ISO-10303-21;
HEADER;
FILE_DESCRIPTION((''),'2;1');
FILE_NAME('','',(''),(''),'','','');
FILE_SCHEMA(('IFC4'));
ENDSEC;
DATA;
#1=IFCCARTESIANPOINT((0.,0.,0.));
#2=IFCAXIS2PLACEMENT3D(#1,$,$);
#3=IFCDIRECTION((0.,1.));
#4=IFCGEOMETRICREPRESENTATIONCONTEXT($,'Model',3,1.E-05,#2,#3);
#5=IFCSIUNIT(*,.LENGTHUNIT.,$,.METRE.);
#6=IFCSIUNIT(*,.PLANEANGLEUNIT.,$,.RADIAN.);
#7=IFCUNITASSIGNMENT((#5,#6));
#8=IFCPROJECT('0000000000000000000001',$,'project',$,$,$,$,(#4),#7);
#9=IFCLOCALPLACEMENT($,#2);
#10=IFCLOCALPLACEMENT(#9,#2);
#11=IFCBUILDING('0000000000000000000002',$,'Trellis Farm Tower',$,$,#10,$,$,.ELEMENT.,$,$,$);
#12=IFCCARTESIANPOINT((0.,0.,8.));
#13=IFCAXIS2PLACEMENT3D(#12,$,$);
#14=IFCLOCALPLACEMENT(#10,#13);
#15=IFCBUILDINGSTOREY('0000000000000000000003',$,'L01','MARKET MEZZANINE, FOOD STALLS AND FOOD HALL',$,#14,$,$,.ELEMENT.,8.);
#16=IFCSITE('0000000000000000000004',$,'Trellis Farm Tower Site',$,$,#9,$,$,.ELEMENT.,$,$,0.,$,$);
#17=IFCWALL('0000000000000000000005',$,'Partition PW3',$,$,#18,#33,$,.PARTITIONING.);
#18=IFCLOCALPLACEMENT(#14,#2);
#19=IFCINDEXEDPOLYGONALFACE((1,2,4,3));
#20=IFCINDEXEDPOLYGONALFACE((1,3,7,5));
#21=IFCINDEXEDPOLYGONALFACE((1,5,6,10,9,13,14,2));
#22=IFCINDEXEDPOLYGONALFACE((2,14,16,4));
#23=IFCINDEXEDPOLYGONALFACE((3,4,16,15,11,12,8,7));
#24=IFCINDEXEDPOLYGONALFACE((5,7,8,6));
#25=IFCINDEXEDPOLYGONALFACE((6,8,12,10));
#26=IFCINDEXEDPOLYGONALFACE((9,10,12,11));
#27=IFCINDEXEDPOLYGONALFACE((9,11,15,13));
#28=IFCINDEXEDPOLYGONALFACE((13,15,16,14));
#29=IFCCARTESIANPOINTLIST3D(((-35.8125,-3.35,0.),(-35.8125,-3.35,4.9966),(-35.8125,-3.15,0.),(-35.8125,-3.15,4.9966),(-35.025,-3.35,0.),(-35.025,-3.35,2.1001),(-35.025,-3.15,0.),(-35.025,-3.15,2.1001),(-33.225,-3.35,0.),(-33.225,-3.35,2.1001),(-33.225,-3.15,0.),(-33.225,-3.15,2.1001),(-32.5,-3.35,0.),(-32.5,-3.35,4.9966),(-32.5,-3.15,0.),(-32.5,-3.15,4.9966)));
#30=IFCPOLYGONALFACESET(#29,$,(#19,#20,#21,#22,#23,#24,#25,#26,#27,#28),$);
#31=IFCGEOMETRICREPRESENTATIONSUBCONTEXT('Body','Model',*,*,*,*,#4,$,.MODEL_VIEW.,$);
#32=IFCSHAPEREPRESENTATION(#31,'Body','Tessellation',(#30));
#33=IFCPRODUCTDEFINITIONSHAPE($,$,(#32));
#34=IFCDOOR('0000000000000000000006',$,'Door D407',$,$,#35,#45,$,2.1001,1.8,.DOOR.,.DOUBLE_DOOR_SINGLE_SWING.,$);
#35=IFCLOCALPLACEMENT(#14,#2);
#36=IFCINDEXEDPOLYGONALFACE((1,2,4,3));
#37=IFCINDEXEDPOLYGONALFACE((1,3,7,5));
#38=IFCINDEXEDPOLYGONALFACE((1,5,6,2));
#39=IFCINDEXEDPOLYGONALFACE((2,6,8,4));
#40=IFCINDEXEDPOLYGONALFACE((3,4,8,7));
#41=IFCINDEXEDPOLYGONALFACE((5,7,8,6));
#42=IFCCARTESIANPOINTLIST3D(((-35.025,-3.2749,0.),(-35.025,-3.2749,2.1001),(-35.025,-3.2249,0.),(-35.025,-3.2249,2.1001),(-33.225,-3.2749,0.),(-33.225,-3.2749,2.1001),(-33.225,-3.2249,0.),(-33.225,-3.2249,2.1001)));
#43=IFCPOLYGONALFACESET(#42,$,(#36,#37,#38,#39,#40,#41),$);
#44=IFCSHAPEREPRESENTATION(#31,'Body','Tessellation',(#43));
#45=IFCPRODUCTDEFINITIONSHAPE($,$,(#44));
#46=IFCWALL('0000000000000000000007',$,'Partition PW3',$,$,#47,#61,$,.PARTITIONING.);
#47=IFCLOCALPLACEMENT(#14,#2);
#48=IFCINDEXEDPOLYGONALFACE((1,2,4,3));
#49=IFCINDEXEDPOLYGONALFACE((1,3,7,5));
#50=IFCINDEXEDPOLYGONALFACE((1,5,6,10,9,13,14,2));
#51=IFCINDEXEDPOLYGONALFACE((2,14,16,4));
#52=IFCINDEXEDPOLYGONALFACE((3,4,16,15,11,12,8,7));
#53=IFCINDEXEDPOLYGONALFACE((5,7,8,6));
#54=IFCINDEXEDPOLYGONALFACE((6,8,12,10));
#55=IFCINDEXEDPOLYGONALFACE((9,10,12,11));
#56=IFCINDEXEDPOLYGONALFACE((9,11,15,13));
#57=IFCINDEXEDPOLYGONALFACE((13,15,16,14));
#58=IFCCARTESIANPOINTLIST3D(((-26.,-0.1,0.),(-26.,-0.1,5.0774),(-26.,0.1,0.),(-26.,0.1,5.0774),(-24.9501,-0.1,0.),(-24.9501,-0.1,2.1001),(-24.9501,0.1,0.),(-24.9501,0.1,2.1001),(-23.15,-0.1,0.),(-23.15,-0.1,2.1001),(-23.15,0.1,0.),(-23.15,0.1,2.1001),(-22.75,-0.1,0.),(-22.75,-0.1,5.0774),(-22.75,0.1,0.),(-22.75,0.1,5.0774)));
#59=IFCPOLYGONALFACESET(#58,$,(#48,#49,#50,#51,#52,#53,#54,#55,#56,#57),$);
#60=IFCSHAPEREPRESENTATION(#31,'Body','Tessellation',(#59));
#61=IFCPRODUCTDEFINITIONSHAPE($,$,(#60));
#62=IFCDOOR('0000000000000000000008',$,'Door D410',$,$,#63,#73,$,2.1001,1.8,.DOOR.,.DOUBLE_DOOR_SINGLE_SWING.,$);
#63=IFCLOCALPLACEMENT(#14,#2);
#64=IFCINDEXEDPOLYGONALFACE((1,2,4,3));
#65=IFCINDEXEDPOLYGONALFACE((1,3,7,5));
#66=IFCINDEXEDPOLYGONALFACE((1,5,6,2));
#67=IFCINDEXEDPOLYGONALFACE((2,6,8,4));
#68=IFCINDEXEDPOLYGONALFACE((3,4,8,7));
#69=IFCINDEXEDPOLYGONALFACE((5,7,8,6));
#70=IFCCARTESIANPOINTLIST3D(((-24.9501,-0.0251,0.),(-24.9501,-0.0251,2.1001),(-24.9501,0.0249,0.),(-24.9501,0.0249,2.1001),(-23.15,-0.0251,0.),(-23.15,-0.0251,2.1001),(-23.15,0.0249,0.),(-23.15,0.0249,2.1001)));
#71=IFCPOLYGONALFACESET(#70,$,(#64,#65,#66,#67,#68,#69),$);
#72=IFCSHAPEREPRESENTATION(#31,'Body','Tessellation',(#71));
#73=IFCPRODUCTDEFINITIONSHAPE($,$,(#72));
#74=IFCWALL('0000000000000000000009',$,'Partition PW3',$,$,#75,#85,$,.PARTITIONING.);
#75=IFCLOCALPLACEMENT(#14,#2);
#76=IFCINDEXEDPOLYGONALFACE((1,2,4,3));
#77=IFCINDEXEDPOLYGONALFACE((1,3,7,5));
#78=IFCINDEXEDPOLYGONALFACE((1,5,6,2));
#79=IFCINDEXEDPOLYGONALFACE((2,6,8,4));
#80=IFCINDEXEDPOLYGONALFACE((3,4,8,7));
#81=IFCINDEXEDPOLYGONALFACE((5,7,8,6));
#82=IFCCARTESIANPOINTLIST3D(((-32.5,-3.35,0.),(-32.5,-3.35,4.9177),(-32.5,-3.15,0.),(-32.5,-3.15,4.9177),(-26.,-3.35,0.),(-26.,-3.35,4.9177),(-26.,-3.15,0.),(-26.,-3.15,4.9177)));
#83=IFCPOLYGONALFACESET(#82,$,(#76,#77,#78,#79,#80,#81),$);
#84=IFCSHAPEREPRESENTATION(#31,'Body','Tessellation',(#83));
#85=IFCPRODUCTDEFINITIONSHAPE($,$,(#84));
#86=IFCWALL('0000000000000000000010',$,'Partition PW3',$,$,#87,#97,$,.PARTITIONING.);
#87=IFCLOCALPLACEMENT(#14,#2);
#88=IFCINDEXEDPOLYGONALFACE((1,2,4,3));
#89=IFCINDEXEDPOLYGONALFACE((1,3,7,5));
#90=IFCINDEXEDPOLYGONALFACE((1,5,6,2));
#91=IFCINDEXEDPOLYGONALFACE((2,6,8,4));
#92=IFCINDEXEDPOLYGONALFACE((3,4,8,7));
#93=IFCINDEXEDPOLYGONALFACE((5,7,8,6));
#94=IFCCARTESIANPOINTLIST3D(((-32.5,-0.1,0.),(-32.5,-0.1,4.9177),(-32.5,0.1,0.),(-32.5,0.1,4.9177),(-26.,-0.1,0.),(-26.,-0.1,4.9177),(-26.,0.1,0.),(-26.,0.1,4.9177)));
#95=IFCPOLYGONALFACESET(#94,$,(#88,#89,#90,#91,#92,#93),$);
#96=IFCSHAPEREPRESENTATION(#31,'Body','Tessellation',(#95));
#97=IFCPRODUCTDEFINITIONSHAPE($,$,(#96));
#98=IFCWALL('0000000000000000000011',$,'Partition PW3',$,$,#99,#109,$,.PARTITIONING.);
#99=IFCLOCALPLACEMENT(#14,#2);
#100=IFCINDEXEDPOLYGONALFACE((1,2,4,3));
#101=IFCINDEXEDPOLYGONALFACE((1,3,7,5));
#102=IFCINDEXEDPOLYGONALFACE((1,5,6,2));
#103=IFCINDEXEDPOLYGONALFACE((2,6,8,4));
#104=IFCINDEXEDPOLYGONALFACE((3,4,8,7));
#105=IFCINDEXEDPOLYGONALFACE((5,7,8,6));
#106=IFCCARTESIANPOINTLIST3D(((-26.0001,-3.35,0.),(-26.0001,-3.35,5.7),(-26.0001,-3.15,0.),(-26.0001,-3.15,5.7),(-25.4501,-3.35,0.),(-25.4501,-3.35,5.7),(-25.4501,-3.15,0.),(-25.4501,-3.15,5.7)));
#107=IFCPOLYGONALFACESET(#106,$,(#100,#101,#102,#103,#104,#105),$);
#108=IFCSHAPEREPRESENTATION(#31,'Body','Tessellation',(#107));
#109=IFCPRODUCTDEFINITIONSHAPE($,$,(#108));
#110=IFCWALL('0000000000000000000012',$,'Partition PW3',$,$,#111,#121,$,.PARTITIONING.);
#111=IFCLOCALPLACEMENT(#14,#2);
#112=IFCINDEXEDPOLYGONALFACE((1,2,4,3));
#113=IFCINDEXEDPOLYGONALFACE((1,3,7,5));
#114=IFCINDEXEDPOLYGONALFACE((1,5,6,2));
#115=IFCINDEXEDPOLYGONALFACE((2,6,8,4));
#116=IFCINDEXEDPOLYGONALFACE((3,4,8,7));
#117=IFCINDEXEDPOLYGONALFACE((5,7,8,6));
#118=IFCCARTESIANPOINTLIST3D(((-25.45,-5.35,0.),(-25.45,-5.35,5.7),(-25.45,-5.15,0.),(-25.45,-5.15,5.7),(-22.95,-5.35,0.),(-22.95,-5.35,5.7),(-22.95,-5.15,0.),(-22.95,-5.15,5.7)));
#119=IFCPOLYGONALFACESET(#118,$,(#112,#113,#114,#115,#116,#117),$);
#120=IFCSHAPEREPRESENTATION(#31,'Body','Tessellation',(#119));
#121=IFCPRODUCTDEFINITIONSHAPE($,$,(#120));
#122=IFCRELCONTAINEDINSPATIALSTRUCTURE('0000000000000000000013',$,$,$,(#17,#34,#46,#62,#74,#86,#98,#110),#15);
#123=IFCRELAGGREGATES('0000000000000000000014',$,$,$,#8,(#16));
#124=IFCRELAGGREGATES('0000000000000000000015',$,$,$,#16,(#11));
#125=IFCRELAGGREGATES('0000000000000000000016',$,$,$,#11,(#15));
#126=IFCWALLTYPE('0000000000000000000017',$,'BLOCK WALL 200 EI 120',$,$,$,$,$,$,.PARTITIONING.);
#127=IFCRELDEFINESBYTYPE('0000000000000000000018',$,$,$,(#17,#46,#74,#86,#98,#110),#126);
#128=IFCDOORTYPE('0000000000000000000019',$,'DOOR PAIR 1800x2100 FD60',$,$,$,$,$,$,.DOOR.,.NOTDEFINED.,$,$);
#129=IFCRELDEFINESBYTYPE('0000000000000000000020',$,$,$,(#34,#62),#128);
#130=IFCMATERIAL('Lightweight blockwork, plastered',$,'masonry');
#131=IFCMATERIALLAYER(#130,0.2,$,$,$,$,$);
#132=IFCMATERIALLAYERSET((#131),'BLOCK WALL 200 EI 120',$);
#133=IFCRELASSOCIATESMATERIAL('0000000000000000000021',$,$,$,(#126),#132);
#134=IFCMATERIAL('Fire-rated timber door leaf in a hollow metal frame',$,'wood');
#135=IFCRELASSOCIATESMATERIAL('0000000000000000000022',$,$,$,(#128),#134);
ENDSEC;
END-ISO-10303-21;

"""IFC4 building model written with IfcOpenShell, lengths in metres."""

from ifc_helpers import new_model, si_unit, direction, frame, frame_2d, origin, place, context, subcontext, project, spatial, rectangle, extrude, source, transform, mapped, material, layer, layer_set, type_object, element, fill, save


model = new_model("IFC4")

# Units and contexts
model_context = context("Model", 3, precision=1e-05, world=origin(), true_north=direction((0.0, 1.0)))
body_context = subcontext(model_context, "Body", "Model", "MODEL_VIEW")
ifc_project = project(units=[si_unit("LENGTHUNIT", "METRE"), si_unit("PLANEANGLEUNIT", "RADIAN")], contexts=[model_context])

# Site, building, storey
site_placement = place(None, origin())
site = spatial("IfcSite", under=ifc_project, at=site_placement, Name="Trellis Farm Tower Site", CompositionType="ELEMENT", RefElevation=0.0)
building_placement = place(site_placement, origin())
building = spatial("IfcBuilding", under=site, at=building_placement, Name="Trellis Farm Tower", CompositionType="ELEMENT")
storey_placement = place(building_placement, frame((0.0, 0.0, 8.0)))
storey = spatial("IfcBuildingStorey", under=building, at=storey_placement, Name="L01", Description="MARKET MEZZANINE, FOOD STALLS AND FOOD HALL", CompositionType="ELEMENT", Elevation=8.0)

# Walls, openings, doors
ifc_material_1 = material(Name="Lightweight blockwork, plastered", Category="masonry")
ifc_layer_1 = layer(ifc_material_1, 0.2)
ifc_layer_set_1 = layer_set([ifc_layer_1], Name="BLOCK WALL 200 EI 120")
wall_type_1 = type_object("IfcWallType", Name="BLOCK WALL 200 EI 120", PredefinedType="PARTITIONING", material=ifc_layer_set_1)
shared_shape_1 = source(origin(), body_context, "Body", "SweptSolid", [
    extrude(rectangle(XDim=1.8, YDim=2.1001, at=frame_2d((0.8999, 1.05))), frame((0.0, 0.1101, 0.0), z_axis=(0.0, -1.0, 0.0), x_axis=(1.0, 0.0, 0.0)), (0.0, 0.0, 1.0), 0.2202),
])
ifc_material_2 = material(Name="Fire-rated timber door leaf in a hollow metal frame", Category="wood")
door_type_1 = type_object("IfcDoorType", Name="DOOR PAIR 1800x2100 FD60", OperationType="NOTDEFINED", PredefinedType="DOOR", material=ifc_material_2)
shared_shape_2 = source(origin(), body_context, "Body", "SweptSolid", [
    extrude(rectangle(XDim=1.8, YDim=2.1001, at=frame_2d((0.8999, 1.05))), frame((0.0, 0.0249, 0.0), z_axis=(0.0, -1.0, 0.0), x_axis=(1.0, 0.0, 0.0)), (0.0, 0.0, 1.0), 0.05),
])
shared_shape_3 = source(origin(), body_context, "Body", "SweptSolid", [
    extrude(rectangle(XDim=3.3125, YDim=0.2, at=frame_2d((1.6562, 0.0))), origin(), (0.0, 0.0, 1.0), 4.9966),
])
wall_1_placement = place(storey_placement, frame((-32.5, -3.25, 0.0), z_axis=(0.0, 0.0, 1.0), x_axis=(-1.0, 0.0, 0.0)))
wall_1 = element("IfcWall", 1, at=wall_1_placement, inside=storey, type_object=wall_type_1, Name="Partition PW3", PredefinedType="PARTITIONING", context=body_context, shape_type="MappedRepresentation", body=[
    mapped(shared_shape_3, transform((0.0, 0.0, 0.0))),
])
opening_1_placement = place(wall_1_placement, frame((0.7251, 0.0, 0.0)))
opening_1 = element("IfcOpeningElement", 2, at=opening_1_placement, cuts=wall_1, PredefinedType="OPENING", context=body_context, shape_type="MappedRepresentation", body=[
    mapped(shared_shape_1, transform((0.0, 0.0, 0.0))),
])
door_1_placement = place(opening_1_placement, origin())
door_1 = element("IfcDoor", 3, at=door_1_placement, inside=storey, type_object=door_type_1, Name="Door D407", OperationType="DOUBLE_DOOR_SINGLE_SWING", OverallHeight=2.1001, OverallWidth=1.8, PredefinedType="DOOR", context=body_context, shape_type="MappedRepresentation", body=[
    mapped(shared_shape_2, transform((0.0, 0.0, 0.0))),
])
fill(opening_1, door_1)
shared_shape_4 = source(origin(), body_context, "Body", "SweptSolid", [
    extrude(rectangle(XDim=3.25, YDim=0.2, at=frame_2d((1.625, 0.0))), origin(), (0.0, 0.0, 1.0), 5.0774),
])
wall_2_placement = place(storey_placement, frame((-26.0, 0.0, 0.0), z_axis=(0.0, 0.0, 1.0), x_axis=(1.0, 0.0, 0.0)))
wall_2 = element("IfcWall", 4, at=wall_2_placement, inside=storey, type_object=wall_type_1, Name="Partition PW3", PredefinedType="PARTITIONING", context=body_context, shape_type="MappedRepresentation", body=[
    mapped(shared_shape_4, transform((0.0, 0.0, 0.0))),
])
opening_2_placement = place(wall_2_placement, frame((1.05, 0.0, 0.0)))
opening_2 = element("IfcOpeningElement", 5, at=opening_2_placement, cuts=wall_2, PredefinedType="OPENING", context=body_context, shape_type="MappedRepresentation", body=[
    mapped(shared_shape_1, transform((0.0, 0.0, 0.0))),
])
door_2_placement = place(opening_2_placement, origin())
door_2 = element("IfcDoor", 6, at=door_2_placement, inside=storey, type_object=door_type_1, Name="Door D410", OperationType="DOUBLE_DOOR_SINGLE_SWING", OverallHeight=2.1001, OverallWidth=1.8, PredefinedType="DOOR", context=body_context, shape_type="MappedRepresentation", body=[
    mapped(shared_shape_2, transform((0.0, 0.0, 0.0))),
])
fill(opening_2, door_2)

# Walls
shared_shape_5 = source(origin(), body_context, "Body", "SweptSolid", [
    extrude(rectangle(XDim=6.5, YDim=0.2, at=frame_2d((3.25, 0.0))), origin(), (0.0, 0.0, 1.0), 4.9177),
])
for number, where, z_axis, x_axis, name in (
    (7, (-26.0, -3.25, 0.0), (0.0, 0.0, 1.0), (-1.0, 0.0, 0.0), "Partition PW3"),
    (8, (-32.5, 0.0, 0.0), (0.0, 0.0, 1.0), (1.0, 0.0, 0.0), "Partition PW3"),
):
    element("IfcWall", number, at=place(storey_placement, frame(where, z_axis=z_axis, x_axis=x_axis)), inside=storey, type_object=wall_type_1, Name=name, PredefinedType="PARTITIONING", context=body_context, shape_type="MappedRepresentation", body=[
        mapped(shared_shape_5, transform((0.0, 0.0, 0.0))),
    ])
shared_shape_6 = source(origin(), body_context, "Body", "SweptSolid", [
    extrude(rectangle(XDim=0.55, YDim=0.2, at=frame_2d((0.2749, 0.0))), origin(), (0.0, 0.0, 1.0), 5.7),
])
wall_3_placement = place(storey_placement, frame((-26.0, -3.25, 0.0), z_axis=(0.0, 0.0, 1.0), x_axis=(1.0, 0.0, 0.0)))
element("IfcWall", 9, at=wall_3_placement, inside=storey, type_object=wall_type_1, Name="Partition PW3", PredefinedType="PARTITIONING", context=body_context, shape_type="MappedRepresentation", body=[
    mapped(shared_shape_6, transform((0.0, 0.0, 0.0))),
])
shared_shape_7 = source(origin(), body_context, "Body", "SweptSolid", [
    extrude(rectangle(XDim=2.5, YDim=0.2, at=frame_2d((1.25, 0.0))), origin(), (0.0, 0.0, 1.0), 5.7),
])
wall_4_placement = place(storey_placement, frame((-25.45, -5.25, 0.0), z_axis=(0.0, 0.0, 1.0), x_axis=(1.0, 0.0, 0.0)))
element("IfcWall", 10, at=wall_4_placement, inside=storey, type_object=wall_type_1, Name="Partition PW3", PredefinedType="PARTITIONING", context=body_context, shape_type="MappedRepresentation", body=[
    mapped(shared_shape_7, transform((0.0, 0.0, 0.0))),
])

save(model, "model.ifc")
